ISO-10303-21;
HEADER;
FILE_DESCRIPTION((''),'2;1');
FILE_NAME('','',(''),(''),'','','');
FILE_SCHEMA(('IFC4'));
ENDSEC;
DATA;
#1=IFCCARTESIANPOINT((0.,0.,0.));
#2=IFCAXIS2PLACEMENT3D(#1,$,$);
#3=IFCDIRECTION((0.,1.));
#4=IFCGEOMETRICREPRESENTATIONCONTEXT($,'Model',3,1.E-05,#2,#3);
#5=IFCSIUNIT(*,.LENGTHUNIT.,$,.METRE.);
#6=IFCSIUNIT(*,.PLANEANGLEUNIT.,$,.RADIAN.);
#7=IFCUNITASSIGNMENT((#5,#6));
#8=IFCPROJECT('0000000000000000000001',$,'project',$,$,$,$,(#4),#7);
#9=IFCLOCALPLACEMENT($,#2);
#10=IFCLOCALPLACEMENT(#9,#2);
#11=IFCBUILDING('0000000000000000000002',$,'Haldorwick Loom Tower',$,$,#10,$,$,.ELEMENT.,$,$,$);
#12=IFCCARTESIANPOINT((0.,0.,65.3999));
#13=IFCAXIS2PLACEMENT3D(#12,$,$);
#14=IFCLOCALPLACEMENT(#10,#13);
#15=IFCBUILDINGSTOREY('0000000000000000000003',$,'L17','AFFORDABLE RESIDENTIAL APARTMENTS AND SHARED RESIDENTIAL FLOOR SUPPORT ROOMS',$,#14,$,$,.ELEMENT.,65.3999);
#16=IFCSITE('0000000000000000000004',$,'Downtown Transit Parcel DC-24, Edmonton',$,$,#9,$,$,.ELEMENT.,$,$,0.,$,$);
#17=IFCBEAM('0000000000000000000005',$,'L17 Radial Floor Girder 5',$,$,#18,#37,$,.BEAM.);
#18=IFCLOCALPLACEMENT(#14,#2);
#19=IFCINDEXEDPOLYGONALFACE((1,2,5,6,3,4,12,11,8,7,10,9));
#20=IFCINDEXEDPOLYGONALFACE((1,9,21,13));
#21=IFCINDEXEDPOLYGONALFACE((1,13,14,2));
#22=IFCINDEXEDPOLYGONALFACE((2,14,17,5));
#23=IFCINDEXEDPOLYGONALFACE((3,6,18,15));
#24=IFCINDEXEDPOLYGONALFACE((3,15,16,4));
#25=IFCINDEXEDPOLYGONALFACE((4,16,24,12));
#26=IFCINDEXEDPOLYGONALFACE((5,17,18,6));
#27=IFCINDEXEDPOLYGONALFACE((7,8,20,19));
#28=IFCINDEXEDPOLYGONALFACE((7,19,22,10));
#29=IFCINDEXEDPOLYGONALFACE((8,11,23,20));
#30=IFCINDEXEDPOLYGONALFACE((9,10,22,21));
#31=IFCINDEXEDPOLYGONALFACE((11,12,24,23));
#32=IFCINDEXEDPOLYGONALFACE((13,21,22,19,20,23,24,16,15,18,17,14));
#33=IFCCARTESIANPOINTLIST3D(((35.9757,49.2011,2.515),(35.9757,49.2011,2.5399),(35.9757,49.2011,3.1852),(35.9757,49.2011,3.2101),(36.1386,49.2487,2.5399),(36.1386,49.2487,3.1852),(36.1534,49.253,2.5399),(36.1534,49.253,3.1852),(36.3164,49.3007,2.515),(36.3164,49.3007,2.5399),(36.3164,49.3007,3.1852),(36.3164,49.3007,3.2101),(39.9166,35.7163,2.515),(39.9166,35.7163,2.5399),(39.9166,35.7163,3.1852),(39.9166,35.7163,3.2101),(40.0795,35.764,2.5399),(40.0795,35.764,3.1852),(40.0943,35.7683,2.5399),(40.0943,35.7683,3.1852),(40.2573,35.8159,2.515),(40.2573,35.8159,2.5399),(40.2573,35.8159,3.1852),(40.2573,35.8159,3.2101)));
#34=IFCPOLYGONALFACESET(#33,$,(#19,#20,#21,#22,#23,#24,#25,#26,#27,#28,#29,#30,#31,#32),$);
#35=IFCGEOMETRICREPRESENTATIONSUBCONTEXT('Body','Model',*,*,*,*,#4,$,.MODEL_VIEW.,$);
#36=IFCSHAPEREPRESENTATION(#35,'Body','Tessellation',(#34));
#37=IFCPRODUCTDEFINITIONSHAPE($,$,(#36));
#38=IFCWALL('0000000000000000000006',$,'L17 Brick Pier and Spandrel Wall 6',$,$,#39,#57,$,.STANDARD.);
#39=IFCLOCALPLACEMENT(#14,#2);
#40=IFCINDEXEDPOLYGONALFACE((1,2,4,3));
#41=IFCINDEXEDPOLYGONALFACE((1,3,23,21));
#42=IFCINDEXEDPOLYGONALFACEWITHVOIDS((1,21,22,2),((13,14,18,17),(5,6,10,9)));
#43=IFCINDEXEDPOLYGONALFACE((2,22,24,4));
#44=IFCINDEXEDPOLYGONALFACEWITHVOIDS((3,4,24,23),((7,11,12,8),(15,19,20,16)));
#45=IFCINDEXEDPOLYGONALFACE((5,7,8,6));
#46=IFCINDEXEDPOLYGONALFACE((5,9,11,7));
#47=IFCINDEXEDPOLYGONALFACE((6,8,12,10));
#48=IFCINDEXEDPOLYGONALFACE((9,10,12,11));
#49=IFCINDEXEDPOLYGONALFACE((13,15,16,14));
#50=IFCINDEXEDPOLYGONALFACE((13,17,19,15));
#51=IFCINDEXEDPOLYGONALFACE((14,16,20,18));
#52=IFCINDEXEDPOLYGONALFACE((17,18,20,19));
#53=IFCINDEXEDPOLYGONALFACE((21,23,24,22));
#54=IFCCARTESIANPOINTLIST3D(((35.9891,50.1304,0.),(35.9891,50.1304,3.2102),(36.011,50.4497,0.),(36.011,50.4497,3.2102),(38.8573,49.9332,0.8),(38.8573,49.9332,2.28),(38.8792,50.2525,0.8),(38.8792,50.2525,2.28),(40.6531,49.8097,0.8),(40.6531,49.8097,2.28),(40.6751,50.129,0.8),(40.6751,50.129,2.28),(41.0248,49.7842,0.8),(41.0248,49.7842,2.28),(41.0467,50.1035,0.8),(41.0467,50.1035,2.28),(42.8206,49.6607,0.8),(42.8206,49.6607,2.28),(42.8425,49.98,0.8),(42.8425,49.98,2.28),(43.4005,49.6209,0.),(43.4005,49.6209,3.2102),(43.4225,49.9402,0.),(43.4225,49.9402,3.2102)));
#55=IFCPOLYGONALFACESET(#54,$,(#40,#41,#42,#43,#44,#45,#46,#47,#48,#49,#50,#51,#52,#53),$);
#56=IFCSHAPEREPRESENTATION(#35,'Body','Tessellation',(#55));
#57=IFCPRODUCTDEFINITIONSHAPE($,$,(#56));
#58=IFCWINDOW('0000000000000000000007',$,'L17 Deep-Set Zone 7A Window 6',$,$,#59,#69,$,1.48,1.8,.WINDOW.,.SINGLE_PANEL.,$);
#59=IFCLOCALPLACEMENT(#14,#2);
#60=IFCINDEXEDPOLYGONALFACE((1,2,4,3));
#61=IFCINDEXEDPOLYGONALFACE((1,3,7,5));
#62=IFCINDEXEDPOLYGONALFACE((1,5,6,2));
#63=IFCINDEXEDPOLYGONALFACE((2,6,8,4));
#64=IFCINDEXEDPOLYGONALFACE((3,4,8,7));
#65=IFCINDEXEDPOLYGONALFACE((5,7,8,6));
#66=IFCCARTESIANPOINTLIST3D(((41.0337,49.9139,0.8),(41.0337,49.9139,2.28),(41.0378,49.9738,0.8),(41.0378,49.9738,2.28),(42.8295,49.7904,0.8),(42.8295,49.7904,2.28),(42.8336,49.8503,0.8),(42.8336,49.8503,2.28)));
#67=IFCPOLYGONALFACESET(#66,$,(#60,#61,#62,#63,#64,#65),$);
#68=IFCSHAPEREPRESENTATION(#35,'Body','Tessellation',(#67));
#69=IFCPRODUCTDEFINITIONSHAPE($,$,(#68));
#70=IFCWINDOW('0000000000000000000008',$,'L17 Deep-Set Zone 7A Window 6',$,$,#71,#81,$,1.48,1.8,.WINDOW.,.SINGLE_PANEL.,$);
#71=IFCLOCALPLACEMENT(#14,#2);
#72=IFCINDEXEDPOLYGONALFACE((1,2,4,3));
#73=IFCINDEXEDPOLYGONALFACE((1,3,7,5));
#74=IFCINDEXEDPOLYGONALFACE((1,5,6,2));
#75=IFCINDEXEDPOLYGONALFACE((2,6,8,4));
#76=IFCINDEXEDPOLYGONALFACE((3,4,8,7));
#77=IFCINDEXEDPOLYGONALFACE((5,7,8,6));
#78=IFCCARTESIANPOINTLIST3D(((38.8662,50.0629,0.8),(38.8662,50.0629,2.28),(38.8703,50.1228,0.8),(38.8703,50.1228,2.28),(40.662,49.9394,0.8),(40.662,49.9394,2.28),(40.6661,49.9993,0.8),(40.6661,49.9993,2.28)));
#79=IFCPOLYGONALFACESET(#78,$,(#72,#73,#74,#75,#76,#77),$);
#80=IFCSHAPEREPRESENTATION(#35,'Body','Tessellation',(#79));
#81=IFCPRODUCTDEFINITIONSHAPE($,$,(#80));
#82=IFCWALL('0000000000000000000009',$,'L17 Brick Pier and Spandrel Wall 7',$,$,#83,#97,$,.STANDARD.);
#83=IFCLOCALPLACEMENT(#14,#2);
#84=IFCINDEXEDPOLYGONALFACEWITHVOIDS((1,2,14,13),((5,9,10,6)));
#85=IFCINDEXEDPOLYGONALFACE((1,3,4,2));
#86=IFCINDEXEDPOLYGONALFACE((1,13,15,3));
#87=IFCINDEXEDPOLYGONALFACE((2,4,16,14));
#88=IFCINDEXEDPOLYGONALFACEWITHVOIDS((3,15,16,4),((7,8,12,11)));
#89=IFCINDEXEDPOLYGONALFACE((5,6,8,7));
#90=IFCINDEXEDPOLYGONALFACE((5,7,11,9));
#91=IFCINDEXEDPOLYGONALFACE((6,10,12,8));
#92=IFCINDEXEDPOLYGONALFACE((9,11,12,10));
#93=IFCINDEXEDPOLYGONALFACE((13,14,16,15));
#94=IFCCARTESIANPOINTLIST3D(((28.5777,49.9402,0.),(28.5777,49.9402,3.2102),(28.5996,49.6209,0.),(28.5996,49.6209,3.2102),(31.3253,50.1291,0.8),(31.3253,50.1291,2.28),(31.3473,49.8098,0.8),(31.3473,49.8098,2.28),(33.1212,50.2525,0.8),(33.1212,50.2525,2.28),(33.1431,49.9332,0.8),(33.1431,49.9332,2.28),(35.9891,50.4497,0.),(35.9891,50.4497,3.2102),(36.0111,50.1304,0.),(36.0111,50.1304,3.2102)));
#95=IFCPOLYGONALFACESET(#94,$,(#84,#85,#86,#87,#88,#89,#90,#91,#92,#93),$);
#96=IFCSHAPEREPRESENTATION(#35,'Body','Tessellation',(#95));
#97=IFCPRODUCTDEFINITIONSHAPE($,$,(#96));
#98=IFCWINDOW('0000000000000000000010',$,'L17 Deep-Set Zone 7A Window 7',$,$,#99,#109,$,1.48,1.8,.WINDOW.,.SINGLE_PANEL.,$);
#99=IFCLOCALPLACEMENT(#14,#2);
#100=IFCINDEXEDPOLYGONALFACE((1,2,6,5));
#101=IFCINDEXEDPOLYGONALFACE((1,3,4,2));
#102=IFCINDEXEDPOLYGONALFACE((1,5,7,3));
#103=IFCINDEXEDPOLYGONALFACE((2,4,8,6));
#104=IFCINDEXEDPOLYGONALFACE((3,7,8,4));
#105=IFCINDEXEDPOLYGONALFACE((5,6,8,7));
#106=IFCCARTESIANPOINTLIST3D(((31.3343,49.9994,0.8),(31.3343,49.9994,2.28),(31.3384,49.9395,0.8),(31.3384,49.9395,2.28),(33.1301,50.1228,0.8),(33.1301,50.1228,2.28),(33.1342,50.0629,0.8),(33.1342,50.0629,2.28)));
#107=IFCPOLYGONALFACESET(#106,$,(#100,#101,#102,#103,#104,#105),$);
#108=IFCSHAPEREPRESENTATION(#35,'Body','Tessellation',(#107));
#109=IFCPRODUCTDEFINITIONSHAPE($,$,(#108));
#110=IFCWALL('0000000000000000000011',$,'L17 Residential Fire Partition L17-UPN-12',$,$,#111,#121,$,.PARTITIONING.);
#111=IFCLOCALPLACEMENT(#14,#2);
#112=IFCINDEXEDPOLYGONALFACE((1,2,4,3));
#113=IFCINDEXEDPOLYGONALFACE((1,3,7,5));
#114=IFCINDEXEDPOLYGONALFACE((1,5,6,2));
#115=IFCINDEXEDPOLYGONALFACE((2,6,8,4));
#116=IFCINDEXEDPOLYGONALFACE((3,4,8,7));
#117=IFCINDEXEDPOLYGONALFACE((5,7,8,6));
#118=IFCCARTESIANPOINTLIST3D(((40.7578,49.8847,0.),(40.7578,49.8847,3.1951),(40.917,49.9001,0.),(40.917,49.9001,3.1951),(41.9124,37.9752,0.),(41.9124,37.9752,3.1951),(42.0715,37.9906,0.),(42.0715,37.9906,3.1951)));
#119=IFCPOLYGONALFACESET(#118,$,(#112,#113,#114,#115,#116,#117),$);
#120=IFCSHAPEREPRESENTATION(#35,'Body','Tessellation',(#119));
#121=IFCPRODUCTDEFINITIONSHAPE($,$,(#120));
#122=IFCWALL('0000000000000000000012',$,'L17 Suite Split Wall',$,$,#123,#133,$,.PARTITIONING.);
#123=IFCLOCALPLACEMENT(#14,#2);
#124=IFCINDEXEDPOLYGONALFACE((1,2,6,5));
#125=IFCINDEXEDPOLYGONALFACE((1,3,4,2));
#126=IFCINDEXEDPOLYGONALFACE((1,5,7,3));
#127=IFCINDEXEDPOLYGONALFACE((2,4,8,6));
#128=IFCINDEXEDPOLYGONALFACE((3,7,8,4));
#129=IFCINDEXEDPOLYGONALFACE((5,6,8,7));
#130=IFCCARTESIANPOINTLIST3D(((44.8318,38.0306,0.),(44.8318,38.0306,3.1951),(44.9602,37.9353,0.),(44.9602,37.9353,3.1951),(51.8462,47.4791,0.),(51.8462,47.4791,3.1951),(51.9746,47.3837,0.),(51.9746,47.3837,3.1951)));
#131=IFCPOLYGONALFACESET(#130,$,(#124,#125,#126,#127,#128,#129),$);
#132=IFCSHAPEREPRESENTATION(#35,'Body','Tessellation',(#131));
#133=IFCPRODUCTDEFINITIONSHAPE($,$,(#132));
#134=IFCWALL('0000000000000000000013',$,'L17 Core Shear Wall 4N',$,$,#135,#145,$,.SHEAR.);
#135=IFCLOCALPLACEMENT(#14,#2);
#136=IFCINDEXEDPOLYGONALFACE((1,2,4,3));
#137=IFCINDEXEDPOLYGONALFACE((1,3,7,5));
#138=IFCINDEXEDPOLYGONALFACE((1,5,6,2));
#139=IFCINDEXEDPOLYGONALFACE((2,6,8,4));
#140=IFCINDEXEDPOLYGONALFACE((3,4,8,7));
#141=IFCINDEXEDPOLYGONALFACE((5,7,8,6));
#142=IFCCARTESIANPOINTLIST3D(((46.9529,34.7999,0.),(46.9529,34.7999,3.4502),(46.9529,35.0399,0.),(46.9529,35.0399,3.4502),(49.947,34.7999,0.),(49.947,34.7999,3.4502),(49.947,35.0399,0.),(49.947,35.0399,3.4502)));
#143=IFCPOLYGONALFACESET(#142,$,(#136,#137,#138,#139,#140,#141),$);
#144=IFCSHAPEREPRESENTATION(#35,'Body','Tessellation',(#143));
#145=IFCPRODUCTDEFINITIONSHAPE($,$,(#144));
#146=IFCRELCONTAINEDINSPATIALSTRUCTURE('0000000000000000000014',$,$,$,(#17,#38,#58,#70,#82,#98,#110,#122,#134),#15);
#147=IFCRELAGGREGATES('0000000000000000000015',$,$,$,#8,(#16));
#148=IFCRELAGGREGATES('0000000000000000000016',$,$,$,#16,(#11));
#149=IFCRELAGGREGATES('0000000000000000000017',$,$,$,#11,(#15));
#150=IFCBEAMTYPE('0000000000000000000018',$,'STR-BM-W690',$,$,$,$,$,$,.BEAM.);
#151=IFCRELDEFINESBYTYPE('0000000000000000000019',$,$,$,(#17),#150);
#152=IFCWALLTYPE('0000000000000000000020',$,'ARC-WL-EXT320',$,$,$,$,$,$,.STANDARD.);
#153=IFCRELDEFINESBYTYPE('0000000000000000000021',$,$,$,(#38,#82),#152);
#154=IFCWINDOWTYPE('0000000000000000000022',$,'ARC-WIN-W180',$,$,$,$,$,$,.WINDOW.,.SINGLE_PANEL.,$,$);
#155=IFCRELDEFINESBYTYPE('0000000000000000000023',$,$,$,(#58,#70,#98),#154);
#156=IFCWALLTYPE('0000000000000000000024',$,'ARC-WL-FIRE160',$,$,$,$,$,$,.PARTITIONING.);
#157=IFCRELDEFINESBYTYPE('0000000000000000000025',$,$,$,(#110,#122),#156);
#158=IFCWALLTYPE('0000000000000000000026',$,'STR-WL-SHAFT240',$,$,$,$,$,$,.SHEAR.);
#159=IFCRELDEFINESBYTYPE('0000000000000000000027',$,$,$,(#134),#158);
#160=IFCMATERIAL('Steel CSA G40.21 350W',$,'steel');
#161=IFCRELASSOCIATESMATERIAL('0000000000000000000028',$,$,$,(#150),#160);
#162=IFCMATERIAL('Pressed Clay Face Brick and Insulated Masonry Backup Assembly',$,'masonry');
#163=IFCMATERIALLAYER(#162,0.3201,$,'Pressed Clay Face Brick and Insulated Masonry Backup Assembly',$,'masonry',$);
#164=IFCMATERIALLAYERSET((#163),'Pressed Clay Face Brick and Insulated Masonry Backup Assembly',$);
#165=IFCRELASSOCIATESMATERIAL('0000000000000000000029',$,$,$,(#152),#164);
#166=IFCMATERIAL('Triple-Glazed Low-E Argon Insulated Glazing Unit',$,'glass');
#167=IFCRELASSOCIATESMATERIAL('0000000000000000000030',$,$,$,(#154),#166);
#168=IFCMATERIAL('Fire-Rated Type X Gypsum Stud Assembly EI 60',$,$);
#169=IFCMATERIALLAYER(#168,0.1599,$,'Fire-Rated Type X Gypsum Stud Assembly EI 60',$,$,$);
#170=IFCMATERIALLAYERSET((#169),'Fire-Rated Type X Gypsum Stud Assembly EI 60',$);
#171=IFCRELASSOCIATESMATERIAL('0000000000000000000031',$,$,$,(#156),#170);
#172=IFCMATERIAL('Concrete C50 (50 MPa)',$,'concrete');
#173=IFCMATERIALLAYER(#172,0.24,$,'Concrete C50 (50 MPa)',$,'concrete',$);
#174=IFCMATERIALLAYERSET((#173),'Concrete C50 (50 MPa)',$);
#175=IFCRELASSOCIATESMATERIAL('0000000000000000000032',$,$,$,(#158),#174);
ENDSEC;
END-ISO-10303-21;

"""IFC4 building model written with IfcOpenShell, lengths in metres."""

from ifc_helpers import new_model, si_unit, direction, frame, frame_2d, origin, origin_2d, place, context, subcontext, project, spatial, rectangle, i_section, extrude, material, layer, layer_set, material_profile, profile_set, type_object, element, fill, save


model = new_model("IFC4")

# Units and contexts
model_context = context("Model", 3, precision=1e-05, world=origin(), true_north=direction((0.0, 1.0)))
body_context = subcontext(model_context, "Body", "Model", "MODEL_VIEW")
ifc_project = project(units=[si_unit("LENGTHUNIT", "METRE"), si_unit("PLANEANGLEUNIT", "RADIAN")], contexts=[model_context])

# Site, building, storey
site_placement = place(None, origin())
site = spatial("IfcSite", under=ifc_project, at=site_placement, Name="Downtown Transit Parcel DC-24, Edmonton", CompositionType="ELEMENT", RefElevation=0.0)
building_placement = place(site_placement, origin())
building = spatial("IfcBuilding", under=site, at=building_placement, Name="Haldorwick Loom Tower", CompositionType="ELEMENT")
storey_placement = place(building_placement, frame((0.0, 0.0, 65.3999)))
storey = spatial("IfcBuildingStorey", under=building, at=storey_placement, Name="L17", Description="AFFORDABLE RESIDENTIAL APARTMENTS AND SHARED RESIDENTIAL FLOOR SUPPORT ROOMS", CompositionType="ELEMENT", Elevation=65.3999)

# Beam
ifc_material_1 = material(Name="Steel CSA G40.21 350W", Category="steel")
ifc_material_profile_1 = material_profile(ifc_material_1, i_section(OverallWidth=0.355, OverallDepth=0.6951, WebThickness=0.0154, FlangeThickness=0.0249, at=origin_2d()), Name="W690X217", Category="steel")
ifc_profile_set_1 = profile_set([ifc_material_profile_1], Name="Steel CSA G40.21 350W")
beam_type_1 = type_object("IfcBeamType", Name="STR-BM-W690", PredefinedType="BEAM", material=ifc_profile_set_1)
beam_1_placement = place(storey_placement, frame((40.0869, 35.7661, 2.8625), z_axis=(-0.280514, 0.95985, 0.0), x_axis=(-0.95985, -0.280514, 0.0)))
element("IfcBeam", 1, at=beam_1_placement, inside=storey, type_object=beam_type_1, Name="L17 Radial Floor Girder 5", PredefinedType="BEAM", context=body_context, shape_type="SweptSolid", body=[
    extrude(i_section(OverallWidth=0.355, OverallDepth=0.6951, WebThickness=0.0154, FlangeThickness=0.0249, at=origin_2d()), origin(), (0.0, 0.0, 1.0), 14.0488),
])

# Wall, openings, windows
ifc_material_2 = material(Name="Pressed Clay Face Brick and Insulated Masonry Backup Assembly", Category="masonry")
ifc_layer_1 = layer(ifc_material_2, 0.3201, Name="Pressed Clay Face Brick and Insulated Masonry Backup Assembly", Category="masonry")
ifc_layer_set_1 = layer_set([ifc_layer_1], Name="Pressed Clay Face Brick and Insulated Masonry Backup Assembly")
wall_type_1 = type_object("IfcWallType", Name="ARC-WL-EXT320", PredefinedType="STANDARD", material=ifc_layer_set_1)
wall_1_placement = place(storey_placement, frame((43.4114, 49.7805, 0.0), z_axis=(0.0, 0.0, 1.0), x_axis=(-0.997645, 0.068587, 0.0)))
wall_1 = element("IfcWall", 2, at=wall_1_placement, inside=storey, type_object=wall_type_1, Name="L17 Brick Pier and Spandrel Wall 6", PredefinedType="STANDARD", context=body_context, shape_type="SweptSolid", body=[
    extrude(rectangle(XDim=7.429, YDim=0.3201, at=frame_2d((3.7144, 0.0))), origin(), (0.0, 0.0, 1.0), 3.2102),
])
opening_1_placement = place(wall_1_placement, frame((0.5813, 0.0, 0.8)))
opening_1 = element("IfcOpeningElement", 3, at=opening_1_placement, cuts=wall_1, PredefinedType="OPENING", context=body_context, shape_type="SweptSolid", body=[
    extrude(rectangle(XDim=1.8, YDim=1.48, at=frame_2d((0.8999, 0.74))), frame((0.0, 0.1699, 0.0), z_axis=(0.0, -1.0, 0.0), x_axis=(1.0, 0.0, 0.0)), (0.0, 0.0, 1.0), 0.3401),
])
opening_2_placement = place(wall_1_placement, frame((2.7539, 0.0, 0.8)))
opening_2 = element("IfcOpeningElement", 4, at=opening_2_placement, cuts=wall_1, PredefinedType="OPENING", context=body_context, shape_type="SweptSolid", body=[
    extrude(rectangle(XDim=1.8, YDim=1.48, at=frame_2d((0.8999, 0.74))), frame((0.0, 0.1699, 0.0), z_axis=(0.0, -1.0, 0.0), x_axis=(1.0, 0.0, 0.0)), (0.0, 0.0, 1.0), 0.3401),
])
ifc_material_3 = material(Name="Triple-Glazed Low-E Argon Insulated Glazing Unit", Category="glass")
window_type = type_object("IfcWindowType", Name="ARC-WIN-W180", PartitioningType="SINGLE_PANEL", PredefinedType="WINDOW", material=ifc_material_3)
window_1_placement = place(opening_1_placement, origin())
window_1 = element("IfcWindow", 5, at=window_1_placement, inside=storey, type_object=window_type, Name="L17 Deep-Set Zone 7A Window 6", OverallHeight=1.48, OverallWidth=1.8, PartitioningType="SINGLE_PANEL", PredefinedType="WINDOW", context=body_context, shape_type="SweptSolid", body=[
    extrude(rectangle(XDim=1.8, YDim=1.48, at=frame_2d((0.8999, 0.74))), frame((0.0, 0.03, 0.0), z_axis=(0.0, -1.0, 0.0), x_axis=(1.0, 0.0, 0.0)), (0.0, 0.0, 1.0), 0.0601),
])
fill(opening_1, window_1)
window_2_placement = place(opening_2_placement, origin())
window_2 = element("IfcWindow", 6, at=window_2_placement, inside=storey, type_object=window_type, Name="L17 Deep-Set Zone 7A Window 6", OverallHeight=1.48, OverallWidth=1.8, PartitioningType="SINGLE_PANEL", PredefinedType="WINDOW", context=body_context, shape_type="SweptSolid", body=[
    extrude(rectangle(XDim=1.8, YDim=1.48, at=frame_2d((0.8999, 0.74))), frame((0.0, 0.03, 0.0), z_axis=(0.0, -1.0, 0.0), x_axis=(1.0, 0.0, 0.0)), (0.0, 0.0, 1.0), 0.0601),
])
fill(opening_2, window_2)

# Wall, opening, window
wall_2_placement = place(storey_placement, frame((36.0, 50.29, 0.0), z_axis=(0.0, 0.0, 1.0), x_axis=(-0.997645, -0.068587, 0.0)))
wall_2 = element("IfcWall", 7, at=wall_2_placement, inside=storey, type_object=wall_type_1, Name="L17 Brick Pier and Spandrel Wall 7", PredefinedType="STANDARD", context=body_context, shape_type="SweptSolid", body=[
    extrude(rectangle(XDim=7.429, YDim=0.3201, at=frame_2d((3.7144, 0.0))), origin(), (0.0, 0.0, 1.0), 3.2102),
])
opening_3_placement = place(wall_2_placement, frame((2.8748, 0.0, 0.8)))
opening_3 = element("IfcOpeningElement", 8, at=opening_3_placement, cuts=wall_2, PredefinedType="OPENING", context=body_context, shape_type="SweptSolid", body=[
    extrude(rectangle(XDim=1.8, YDim=1.48, at=frame_2d((0.8999, 0.74))), frame((0.0, 0.1699, 0.0), z_axis=(0.0, -1.0, 0.0), x_axis=(1.0, 0.0, 0.0)), (0.0, 0.0, 1.0), 0.3401),
])
window_3_placement = place(opening_3_placement, origin())
window_3 = element("IfcWindow", 9, at=window_3_placement, inside=storey, type_object=window_type, Name="L17 Deep-Set Zone 7A Window 7", OverallHeight=1.48, OverallWidth=1.8, PartitioningType="SINGLE_PANEL", PredefinedType="WINDOW", context=body_context, shape_type="SweptSolid", body=[
    extrude(rectangle(XDim=1.8, YDim=1.48, at=frame_2d((0.8999, 0.74))), frame((0.0, 0.03, 0.0), z_axis=(0.0, -1.0, 0.0), x_axis=(1.0, 0.0, 0.0)), (0.0, 0.0, 1.0), 0.0601),
])
fill(opening_3, window_3)

# Walls
ifc_material_4 = material(Name="Fire-Rated Type X Gypsum Stud Assembly EI 60")
ifc_layer_2 = layer(ifc_material_4, 0.1599, Name="Fire-Rated Type X Gypsum Stud Assembly EI 60")
ifc_layer_set_2 = layer_set([ifc_layer_2], Name="Fire-Rated Type X Gypsum Stud Assembly EI 60")
wall_type_2 = type_object("IfcWallType", Name="ARC-WL-FIRE160", PredefinedType="PARTITIONING", material=ifc_layer_set_2)
wall_3_placement = place(storey_placement, frame((41.9919, 37.9829, 0.0), z_axis=(0.0, 0.0, 1.0), x_axis=(-0.096491, 0.995334, 0.0)))
element("IfcWall", 10, at=wall_3_placement, inside=storey, type_object=wall_type_2, Name="L17 Residential Fire Partition L17-UPN-12", PredefinedType="PARTITIONING", context=body_context, shape_type="SweptSolid", body=[
    extrude(rectangle(XDim=11.9653, YDim=0.1599, at=frame_2d((5.9827, 0.0))), origin(), (0.0, 0.0, 1.0), 3.1951),
])
wall_4_placement = place(storey_placement, frame((44.896, 37.9829, 0.0), z_axis=(0.0, 0.0, 1.0), x_axis=(0.596079, 0.802926, 0.0)))
element("IfcWall", 11, at=wall_4_placement, inside=storey, type_object=wall_type_2, Name="L17 Suite Split Wall", PredefinedType="PARTITIONING", context=body_context, shape_type="SweptSolid", body=[
    extrude(rectangle(XDim=11.7676, YDim=0.1599, at=frame_2d((5.8838, 0.0))), origin(), (0.0, 0.0, 1.0), 3.1951),
])
ifc_material_5 = material(Name="Concrete C50 (50 MPa)", Category="concrete")
ifc_layer_3 = layer(ifc_material_5, 0.24, Name="Concrete C50 (50 MPa)", Category="concrete")
ifc_layer_set_3 = layer_set([ifc_layer_3], Name="Concrete C50 (50 MPa)")
wall_type_3 = type_object("IfcWallType", Name="STR-WL-SHAFT240", PredefinedType="SHEAR", material=ifc_layer_set_3)
wall_5_placement = place(storey_placement, frame((46.9529, 34.9199, 0.0), z_axis=(0.0, 0.0, 1.0), x_axis=(1.0, 0.0, 0.0)))
element("IfcWall", 12, at=wall_5_placement, inside=storey, type_object=wall_type_3, Name="L17 Core Shear Wall 4N", PredefinedType="SHEAR", context=body_context, shape_type="SweptSolid", body=[
    extrude(rectangle(XDim=2.9941, YDim=0.24, at=frame_2d((1.4971, 0.0))), origin(), (0.0, 0.0, 1.0), 3.4502),
])

save(model, "model.ifc")
